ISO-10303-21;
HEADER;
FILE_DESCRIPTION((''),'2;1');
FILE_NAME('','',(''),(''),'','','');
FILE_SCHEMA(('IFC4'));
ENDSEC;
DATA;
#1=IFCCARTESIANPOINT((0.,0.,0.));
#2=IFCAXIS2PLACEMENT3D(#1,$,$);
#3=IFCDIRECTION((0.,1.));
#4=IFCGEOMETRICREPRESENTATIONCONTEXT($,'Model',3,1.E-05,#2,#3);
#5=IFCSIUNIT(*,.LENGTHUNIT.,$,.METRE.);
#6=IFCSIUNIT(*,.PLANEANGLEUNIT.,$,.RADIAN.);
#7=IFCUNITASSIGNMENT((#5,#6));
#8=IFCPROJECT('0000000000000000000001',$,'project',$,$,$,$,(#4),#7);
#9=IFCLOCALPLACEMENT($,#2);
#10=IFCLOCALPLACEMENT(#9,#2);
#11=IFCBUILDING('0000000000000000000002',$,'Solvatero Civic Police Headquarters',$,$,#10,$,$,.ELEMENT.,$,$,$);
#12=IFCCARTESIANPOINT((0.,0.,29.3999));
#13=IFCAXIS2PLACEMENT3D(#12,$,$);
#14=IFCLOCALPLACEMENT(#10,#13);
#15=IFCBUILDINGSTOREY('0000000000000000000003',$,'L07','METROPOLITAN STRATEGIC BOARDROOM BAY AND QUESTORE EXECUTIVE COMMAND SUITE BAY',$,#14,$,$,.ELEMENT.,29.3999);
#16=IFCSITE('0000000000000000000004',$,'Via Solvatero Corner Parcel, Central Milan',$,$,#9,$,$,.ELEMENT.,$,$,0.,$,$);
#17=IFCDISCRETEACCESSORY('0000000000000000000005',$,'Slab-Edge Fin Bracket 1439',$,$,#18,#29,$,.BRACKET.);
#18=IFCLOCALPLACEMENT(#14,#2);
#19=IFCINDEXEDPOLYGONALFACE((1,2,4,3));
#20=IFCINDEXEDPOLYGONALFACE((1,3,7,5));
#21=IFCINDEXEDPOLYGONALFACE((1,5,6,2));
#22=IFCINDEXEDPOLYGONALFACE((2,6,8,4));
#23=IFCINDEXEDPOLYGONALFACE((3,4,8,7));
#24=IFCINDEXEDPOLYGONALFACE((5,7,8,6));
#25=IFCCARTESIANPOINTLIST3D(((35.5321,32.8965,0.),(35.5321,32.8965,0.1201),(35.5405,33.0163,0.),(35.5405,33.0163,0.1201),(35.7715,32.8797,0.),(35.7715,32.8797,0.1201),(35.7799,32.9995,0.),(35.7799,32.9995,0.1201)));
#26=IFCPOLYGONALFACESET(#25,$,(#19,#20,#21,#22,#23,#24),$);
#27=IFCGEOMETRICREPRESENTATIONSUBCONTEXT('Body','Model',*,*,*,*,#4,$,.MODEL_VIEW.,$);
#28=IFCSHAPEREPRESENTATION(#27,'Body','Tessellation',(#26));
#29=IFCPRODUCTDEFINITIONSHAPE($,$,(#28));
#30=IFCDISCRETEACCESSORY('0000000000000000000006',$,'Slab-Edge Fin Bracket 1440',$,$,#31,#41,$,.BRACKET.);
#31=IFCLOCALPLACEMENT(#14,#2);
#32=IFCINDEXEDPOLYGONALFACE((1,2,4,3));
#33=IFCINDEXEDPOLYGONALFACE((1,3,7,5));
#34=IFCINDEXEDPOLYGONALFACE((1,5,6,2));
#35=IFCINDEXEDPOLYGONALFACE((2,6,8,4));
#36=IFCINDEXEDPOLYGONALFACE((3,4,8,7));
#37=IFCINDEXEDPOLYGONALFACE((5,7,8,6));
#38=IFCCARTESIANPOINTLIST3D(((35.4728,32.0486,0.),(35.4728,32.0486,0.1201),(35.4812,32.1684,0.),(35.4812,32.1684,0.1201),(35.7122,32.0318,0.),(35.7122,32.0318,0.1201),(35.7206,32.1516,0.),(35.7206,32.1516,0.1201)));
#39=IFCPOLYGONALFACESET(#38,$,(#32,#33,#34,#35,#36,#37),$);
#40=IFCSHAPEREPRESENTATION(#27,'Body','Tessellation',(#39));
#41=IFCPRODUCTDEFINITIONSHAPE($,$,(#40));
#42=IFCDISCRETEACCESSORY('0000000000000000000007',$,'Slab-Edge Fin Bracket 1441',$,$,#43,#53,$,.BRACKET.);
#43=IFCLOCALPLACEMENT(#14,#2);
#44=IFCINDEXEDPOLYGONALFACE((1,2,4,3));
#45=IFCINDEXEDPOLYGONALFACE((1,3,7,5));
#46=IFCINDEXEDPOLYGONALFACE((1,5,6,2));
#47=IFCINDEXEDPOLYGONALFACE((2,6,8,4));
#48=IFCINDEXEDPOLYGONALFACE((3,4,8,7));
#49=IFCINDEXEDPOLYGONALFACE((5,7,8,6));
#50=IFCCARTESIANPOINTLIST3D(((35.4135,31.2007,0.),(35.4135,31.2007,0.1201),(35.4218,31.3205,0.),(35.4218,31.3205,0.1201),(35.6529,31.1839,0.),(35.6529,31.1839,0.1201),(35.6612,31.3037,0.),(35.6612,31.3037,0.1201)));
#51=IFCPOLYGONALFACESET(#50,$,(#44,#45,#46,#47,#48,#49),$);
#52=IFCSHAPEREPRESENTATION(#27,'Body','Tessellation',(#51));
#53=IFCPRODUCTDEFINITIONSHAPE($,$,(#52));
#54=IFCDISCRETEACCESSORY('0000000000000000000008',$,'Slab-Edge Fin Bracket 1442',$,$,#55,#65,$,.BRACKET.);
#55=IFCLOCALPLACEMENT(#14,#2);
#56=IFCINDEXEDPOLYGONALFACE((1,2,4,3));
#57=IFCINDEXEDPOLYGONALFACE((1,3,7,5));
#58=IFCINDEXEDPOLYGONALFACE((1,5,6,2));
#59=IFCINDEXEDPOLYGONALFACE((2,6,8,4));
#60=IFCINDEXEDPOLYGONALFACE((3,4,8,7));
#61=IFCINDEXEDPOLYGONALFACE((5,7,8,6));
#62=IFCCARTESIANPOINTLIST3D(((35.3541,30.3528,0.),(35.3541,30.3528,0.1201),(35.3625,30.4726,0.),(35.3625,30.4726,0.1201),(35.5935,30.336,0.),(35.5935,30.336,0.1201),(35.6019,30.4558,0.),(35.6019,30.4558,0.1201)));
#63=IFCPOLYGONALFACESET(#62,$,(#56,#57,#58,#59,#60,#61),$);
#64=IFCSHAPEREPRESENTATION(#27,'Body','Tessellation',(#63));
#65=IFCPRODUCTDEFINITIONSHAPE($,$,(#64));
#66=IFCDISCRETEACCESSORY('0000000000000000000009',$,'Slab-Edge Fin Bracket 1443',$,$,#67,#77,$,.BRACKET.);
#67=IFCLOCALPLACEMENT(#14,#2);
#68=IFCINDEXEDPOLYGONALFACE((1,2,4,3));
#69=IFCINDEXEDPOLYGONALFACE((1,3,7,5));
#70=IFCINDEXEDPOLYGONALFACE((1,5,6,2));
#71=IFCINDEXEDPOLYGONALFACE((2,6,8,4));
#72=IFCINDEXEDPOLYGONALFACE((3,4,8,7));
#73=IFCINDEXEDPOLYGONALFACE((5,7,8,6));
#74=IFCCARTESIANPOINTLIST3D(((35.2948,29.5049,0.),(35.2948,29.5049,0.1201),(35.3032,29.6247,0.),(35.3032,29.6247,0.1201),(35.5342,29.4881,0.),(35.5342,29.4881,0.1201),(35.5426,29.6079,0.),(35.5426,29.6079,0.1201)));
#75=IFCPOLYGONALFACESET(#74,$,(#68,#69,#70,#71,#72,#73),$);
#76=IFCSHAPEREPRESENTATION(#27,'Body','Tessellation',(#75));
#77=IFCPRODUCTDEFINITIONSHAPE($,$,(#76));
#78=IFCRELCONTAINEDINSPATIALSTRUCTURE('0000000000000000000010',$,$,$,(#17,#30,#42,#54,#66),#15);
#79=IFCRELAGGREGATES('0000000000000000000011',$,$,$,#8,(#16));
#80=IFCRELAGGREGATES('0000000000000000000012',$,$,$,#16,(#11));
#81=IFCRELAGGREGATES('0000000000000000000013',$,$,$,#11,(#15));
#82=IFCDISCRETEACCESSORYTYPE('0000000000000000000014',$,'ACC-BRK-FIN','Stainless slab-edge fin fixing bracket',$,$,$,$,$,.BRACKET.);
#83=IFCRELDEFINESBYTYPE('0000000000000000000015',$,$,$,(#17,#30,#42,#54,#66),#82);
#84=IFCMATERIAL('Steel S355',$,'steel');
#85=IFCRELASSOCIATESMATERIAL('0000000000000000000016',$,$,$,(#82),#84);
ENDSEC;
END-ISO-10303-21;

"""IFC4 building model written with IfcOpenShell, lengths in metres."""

from ifc_helpers import new_model, si_unit, direction, frame, origin, origin_2d, place, context, subcontext, project, spatial, rectangle, extrude, material, type_object, element, save


model = new_model("IFC4")

# Units and contexts
model_context = context("Model", 3, precision=1e-05, world=origin(), true_north=direction((0.0, 1.0)))
body_context = subcontext(model_context, "Body", "Model", "MODEL_VIEW")
ifc_project = project(units=[si_unit("LENGTHUNIT", "METRE"), si_unit("PLANEANGLEUNIT", "RADIAN")], contexts=[model_context])

# Site, building, storey
site_placement = place(None, origin())
site = spatial("IfcSite", under=ifc_project, at=site_placement, Name="Via Solvatero Corner Parcel, Central Milan", CompositionType="ELEMENT", RefElevation=0.0)
building_placement = place(site_placement, origin())
building = spatial("IfcBuilding", under=site, at=building_placement, Name="Solvatero Civic Police Headquarters", CompositionType="ELEMENT")
storey_placement = place(building_placement, frame((0.0, 0.0, 29.3999)))
storey = spatial("IfcBuildingStorey", under=building, at=storey_placement, Name="L07", Description="METROPOLITAN STRATEGIC BOARDROOM BAY AND QUESTORE EXECUTIVE COMMAND SUITE BAY", CompositionType="ELEMENT", Elevation=29.3999)

# Discrete accessories
ifc_material_1 = material(Name="Steel S355", Category="steel")
discrete_accessory_type = type_object("IfcDiscreteAccessoryType", Name="ACC-BRK-FIN", Description="Stainless slab-edge fin fixing bracket", PredefinedType="BRACKET", material=ifc_material_1)
for number, where, z_axis, x_axis, name in (
    (1, (35.656, 32.948, 0.0), (0.0, 0.0, 1.0), (-0.069739, -0.997565, 0.0), "Slab-Edge Fin Bracket 1439"),
    (2, (35.5967, 32.1001, 0.0), (0.0, 0.0, 1.0), (-0.069739, -0.997565, 0.0), "Slab-Edge Fin Bracket 1440"),
    (3, (35.5374, 31.2522, 0.0), (0.0, 0.0, 1.0), (-0.069739, -0.997565, 0.0), "Slab-Edge Fin Bracket 1441"),
    (4, (35.478, 30.4043, 0.0), (0.0, 0.0, 1.0), (-0.069739, -0.997565, 0.0), "Slab-Edge Fin Bracket 1442"),
    (5, (35.4187, 29.5564, 0.0), (0.0, 0.0, 1.0), (-0.069739, -0.997565, 0.0), "Slab-Edge Fin Bracket 1443"),
):
    element("IfcDiscreteAccessory", number, at=place(storey_placement, frame(where, z_axis=z_axis, x_axis=x_axis)), inside=storey, type_object=discrete_accessory_type, Name=name, PredefinedType="BRACKET", context=body_context, shape_type="SweptSolid", body=[
        extrude(rectangle(XDim=0.1201, YDim=0.24, at=origin_2d()), origin(), (0.0, 0.0, 1.0), 0.1201),
    ])

save(model, "model.ifc")
